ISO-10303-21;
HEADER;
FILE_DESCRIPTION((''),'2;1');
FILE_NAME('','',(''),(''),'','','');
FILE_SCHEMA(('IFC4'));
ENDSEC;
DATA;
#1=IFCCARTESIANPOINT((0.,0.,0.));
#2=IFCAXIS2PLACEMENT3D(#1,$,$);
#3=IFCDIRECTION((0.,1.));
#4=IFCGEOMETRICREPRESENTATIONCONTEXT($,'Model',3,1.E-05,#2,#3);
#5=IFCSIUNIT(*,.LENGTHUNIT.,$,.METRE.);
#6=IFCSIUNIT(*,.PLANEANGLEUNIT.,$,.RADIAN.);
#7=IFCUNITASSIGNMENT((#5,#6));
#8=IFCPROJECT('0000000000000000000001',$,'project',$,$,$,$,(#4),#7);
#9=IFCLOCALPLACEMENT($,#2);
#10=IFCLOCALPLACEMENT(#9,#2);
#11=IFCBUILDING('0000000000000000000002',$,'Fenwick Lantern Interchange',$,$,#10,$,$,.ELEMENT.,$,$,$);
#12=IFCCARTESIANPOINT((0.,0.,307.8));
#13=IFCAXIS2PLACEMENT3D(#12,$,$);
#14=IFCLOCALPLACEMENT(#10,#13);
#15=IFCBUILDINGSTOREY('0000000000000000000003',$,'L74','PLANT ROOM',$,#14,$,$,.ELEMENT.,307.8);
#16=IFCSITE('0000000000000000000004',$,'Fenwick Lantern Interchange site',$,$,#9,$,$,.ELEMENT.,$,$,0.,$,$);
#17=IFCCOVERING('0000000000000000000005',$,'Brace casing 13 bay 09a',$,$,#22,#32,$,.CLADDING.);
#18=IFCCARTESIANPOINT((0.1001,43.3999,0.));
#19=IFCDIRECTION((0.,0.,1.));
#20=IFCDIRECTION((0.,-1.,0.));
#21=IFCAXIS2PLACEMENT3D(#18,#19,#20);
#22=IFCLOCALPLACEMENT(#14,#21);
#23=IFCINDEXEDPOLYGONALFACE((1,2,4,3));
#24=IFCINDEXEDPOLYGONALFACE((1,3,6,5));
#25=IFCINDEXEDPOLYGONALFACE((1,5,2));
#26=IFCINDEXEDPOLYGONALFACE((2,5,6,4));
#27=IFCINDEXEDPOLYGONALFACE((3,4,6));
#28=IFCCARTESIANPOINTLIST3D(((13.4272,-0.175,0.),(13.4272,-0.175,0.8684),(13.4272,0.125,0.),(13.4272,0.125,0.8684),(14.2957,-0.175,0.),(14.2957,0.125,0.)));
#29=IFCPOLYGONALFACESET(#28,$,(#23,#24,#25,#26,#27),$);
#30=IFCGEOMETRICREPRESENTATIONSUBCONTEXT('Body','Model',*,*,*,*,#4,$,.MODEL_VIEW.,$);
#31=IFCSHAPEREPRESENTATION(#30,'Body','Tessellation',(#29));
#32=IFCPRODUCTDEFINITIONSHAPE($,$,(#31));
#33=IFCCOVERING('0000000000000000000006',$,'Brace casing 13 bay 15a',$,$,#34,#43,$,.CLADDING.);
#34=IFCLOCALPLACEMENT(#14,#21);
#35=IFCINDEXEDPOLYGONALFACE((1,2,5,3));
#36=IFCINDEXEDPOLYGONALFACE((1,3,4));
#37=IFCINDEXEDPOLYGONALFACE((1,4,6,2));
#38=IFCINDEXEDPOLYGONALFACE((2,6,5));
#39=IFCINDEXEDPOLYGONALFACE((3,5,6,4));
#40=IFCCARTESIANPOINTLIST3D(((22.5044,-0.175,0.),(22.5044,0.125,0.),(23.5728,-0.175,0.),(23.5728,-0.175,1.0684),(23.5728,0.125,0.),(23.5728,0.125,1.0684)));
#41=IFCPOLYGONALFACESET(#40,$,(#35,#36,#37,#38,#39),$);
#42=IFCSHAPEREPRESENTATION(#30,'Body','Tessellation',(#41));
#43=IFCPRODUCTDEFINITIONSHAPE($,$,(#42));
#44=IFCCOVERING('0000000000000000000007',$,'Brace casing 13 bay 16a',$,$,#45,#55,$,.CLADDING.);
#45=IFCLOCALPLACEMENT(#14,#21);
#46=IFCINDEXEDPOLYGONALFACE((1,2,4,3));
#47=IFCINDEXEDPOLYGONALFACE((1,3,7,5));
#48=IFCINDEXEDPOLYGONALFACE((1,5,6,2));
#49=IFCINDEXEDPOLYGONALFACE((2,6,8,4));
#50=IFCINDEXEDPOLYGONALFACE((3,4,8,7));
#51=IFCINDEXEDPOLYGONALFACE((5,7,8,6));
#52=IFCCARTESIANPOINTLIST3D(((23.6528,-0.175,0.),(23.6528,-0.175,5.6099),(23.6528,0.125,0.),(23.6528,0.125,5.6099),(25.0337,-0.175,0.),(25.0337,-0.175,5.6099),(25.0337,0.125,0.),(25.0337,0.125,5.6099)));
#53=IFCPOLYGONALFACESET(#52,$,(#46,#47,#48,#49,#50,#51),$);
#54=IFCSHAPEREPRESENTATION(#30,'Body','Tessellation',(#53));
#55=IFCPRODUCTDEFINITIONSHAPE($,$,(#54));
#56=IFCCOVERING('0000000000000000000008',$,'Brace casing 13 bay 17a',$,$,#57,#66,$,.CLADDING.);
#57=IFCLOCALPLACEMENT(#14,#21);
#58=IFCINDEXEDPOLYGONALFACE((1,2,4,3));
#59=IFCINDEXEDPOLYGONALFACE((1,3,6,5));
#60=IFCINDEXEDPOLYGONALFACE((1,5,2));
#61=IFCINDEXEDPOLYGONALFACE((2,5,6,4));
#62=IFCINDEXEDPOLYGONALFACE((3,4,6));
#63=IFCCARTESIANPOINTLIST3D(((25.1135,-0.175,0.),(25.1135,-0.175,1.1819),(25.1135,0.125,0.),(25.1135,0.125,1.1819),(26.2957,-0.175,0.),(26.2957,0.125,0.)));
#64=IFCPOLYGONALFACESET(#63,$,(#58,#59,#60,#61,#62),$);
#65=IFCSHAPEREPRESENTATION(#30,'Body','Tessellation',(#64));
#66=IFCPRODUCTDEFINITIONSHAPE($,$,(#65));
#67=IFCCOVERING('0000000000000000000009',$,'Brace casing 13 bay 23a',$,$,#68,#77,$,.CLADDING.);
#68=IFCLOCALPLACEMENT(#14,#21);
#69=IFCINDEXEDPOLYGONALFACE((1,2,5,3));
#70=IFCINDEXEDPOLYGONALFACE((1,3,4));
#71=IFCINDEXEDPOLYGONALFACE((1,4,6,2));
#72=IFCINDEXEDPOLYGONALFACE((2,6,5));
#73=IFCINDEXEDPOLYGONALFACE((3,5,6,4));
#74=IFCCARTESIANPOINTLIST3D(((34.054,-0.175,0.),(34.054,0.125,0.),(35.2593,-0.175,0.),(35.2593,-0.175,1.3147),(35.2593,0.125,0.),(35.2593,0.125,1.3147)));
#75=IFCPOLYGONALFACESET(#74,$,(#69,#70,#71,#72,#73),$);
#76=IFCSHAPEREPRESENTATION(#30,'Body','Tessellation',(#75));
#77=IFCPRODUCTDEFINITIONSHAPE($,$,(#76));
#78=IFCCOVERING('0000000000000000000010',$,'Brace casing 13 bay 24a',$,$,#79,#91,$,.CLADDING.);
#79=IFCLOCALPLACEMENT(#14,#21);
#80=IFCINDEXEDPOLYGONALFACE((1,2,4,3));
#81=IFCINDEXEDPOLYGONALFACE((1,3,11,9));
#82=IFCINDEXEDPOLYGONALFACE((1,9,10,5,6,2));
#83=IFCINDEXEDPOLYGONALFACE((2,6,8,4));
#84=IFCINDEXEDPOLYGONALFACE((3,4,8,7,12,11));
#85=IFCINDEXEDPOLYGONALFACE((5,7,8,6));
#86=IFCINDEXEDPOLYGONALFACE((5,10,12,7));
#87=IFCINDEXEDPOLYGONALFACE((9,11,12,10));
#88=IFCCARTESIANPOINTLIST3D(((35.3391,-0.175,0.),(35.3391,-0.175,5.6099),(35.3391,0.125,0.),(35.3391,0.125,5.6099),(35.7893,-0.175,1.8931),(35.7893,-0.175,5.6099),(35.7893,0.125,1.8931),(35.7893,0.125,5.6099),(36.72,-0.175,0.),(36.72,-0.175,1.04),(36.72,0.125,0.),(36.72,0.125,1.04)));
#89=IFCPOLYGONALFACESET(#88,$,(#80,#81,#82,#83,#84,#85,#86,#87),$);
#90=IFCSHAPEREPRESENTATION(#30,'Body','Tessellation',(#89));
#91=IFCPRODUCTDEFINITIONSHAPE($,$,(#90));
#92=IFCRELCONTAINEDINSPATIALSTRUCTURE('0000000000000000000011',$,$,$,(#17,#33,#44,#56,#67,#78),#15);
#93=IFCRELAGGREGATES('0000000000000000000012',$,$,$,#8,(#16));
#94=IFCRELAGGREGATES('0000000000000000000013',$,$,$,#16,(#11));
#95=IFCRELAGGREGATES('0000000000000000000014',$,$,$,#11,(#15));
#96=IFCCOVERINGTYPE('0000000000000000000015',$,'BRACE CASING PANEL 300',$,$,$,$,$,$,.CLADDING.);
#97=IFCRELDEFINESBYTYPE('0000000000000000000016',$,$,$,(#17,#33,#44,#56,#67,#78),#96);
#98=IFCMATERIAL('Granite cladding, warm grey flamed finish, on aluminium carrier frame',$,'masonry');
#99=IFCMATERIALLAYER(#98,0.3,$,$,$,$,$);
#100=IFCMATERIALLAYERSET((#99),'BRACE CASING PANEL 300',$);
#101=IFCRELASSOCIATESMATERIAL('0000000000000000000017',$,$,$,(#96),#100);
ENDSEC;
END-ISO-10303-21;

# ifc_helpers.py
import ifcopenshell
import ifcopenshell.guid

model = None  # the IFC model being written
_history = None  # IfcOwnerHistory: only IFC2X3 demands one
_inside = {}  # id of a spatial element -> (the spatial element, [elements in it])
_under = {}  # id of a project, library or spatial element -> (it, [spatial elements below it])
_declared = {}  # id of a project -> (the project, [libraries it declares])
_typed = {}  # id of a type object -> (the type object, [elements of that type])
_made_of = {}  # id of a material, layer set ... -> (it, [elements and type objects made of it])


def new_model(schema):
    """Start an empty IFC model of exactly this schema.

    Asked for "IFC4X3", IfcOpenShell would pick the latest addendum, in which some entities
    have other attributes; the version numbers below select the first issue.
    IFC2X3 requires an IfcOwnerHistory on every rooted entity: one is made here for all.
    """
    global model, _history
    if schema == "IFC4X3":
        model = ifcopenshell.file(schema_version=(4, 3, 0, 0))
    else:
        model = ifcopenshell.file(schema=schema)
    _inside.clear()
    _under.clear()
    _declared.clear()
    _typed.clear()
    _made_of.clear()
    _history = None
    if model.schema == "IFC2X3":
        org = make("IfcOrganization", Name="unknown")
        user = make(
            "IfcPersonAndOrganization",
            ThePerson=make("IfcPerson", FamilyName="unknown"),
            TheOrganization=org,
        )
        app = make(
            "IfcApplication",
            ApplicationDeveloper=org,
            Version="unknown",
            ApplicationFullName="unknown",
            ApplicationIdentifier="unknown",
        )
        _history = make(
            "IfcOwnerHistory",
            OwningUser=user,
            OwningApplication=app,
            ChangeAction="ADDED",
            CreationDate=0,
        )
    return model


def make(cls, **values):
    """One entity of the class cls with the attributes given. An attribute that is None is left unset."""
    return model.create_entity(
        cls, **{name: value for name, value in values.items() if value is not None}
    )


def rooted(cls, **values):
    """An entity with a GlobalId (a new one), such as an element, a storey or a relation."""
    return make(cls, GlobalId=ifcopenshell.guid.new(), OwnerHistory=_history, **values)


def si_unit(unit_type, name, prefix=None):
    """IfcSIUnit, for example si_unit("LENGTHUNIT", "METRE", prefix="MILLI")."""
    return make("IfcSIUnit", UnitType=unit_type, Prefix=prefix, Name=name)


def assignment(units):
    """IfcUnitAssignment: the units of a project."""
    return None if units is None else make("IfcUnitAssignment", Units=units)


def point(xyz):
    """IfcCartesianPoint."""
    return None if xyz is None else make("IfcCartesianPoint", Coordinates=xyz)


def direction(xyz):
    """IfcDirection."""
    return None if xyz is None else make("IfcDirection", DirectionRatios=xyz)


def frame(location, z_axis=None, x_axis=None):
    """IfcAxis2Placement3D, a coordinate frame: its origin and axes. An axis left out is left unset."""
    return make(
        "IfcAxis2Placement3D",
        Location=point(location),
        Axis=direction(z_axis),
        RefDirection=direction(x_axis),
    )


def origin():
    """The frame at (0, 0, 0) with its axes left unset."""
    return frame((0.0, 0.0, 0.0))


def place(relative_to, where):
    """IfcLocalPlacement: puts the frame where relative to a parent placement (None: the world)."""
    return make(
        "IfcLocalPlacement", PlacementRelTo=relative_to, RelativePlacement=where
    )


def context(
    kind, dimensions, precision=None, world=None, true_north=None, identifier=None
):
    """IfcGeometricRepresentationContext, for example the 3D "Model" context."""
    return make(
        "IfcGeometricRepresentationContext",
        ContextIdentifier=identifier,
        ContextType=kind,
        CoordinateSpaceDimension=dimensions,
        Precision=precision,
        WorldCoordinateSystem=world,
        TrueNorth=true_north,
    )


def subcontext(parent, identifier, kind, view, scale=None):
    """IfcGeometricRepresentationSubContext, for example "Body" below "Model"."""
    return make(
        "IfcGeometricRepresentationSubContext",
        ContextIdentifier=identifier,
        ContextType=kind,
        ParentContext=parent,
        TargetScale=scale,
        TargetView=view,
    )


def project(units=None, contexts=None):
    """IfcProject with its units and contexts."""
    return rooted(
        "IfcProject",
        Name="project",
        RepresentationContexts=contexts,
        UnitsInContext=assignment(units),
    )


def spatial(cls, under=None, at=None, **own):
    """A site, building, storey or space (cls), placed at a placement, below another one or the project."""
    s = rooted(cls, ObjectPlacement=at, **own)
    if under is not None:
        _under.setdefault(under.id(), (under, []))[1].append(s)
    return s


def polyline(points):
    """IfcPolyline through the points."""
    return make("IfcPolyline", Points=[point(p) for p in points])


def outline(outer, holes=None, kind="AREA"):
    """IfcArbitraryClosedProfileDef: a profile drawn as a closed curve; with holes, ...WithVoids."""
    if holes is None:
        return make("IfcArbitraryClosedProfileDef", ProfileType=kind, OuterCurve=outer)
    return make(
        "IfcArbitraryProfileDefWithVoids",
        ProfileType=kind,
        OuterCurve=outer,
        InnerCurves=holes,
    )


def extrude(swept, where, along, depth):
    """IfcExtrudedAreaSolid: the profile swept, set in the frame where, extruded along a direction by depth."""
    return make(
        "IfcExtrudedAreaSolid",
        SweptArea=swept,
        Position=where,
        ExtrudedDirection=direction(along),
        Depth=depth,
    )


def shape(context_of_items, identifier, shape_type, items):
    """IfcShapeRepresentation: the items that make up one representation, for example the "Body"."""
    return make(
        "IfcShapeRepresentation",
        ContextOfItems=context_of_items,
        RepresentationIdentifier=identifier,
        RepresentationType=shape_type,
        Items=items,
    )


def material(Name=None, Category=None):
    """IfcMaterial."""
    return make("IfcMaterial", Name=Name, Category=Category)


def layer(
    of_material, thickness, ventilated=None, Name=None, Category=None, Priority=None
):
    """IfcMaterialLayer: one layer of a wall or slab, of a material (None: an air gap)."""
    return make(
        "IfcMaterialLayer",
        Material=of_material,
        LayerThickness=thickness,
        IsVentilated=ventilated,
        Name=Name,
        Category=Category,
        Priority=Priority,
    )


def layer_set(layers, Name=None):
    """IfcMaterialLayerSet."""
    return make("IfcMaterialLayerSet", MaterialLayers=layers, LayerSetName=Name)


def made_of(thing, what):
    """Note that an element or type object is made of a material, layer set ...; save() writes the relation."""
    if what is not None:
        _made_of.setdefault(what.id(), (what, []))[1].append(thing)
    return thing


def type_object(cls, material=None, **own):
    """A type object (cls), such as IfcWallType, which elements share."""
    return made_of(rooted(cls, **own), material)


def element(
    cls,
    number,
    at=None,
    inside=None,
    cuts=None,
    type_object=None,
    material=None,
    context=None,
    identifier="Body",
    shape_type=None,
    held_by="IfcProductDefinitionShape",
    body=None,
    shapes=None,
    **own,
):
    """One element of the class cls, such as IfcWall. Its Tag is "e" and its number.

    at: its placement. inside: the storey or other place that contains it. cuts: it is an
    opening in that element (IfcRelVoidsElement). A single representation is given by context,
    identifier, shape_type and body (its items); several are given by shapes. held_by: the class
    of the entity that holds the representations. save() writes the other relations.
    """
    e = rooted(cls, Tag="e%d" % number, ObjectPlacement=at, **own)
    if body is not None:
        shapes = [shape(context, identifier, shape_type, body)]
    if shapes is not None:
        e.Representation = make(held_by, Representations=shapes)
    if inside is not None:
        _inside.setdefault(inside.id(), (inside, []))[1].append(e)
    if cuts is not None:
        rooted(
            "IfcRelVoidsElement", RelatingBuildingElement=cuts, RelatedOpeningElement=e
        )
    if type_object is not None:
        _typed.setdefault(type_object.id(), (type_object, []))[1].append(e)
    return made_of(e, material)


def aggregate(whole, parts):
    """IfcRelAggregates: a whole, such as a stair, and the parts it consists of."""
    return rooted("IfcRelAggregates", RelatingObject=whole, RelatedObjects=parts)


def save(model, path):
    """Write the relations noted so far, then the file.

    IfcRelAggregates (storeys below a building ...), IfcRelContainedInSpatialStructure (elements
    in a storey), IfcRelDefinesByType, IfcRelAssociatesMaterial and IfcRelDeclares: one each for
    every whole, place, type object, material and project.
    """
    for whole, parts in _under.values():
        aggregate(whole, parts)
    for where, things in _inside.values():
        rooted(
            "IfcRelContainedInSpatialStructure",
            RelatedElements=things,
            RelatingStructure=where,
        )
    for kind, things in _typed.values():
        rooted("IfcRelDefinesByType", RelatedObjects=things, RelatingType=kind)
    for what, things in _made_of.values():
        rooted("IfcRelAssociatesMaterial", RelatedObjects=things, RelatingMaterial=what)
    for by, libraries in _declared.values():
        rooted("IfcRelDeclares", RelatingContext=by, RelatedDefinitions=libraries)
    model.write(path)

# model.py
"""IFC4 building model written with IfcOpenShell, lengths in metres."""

from ifc_helpers import new_model, si_unit, direction, frame, origin, place, context, subcontext, project, spatial, polyline, outline, extrude, material, layer, layer_set, type_object, element, save


model = new_model("IFC4")

# Units and contexts
model_context = context("Model", 3, precision=1e-05, world=origin(), true_north=direction((0.0, 1.0)))
body_context = subcontext(model_context, "Body", "Model", "MODEL_VIEW")
ifc_project = project(units=[si_unit("LENGTHUNIT", "METRE"), si_unit("PLANEANGLEUNIT", "RADIAN")], contexts=[model_context])

# Site, building, storey
site_placement = place(None, origin())
site = spatial("IfcSite", under=ifc_project, at=site_placement, Name="Fenwick Lantern Interchange site", CompositionType="ELEMENT", RefElevation=0.0)
building_placement = place(site_placement, origin())
building = spatial("IfcBuilding", under=site, at=building_placement, Name="Fenwick Lantern Interchange", CompositionType="ELEMENT")
storey_placement = place(building_placement, frame((0.0, 0.0, 307.8)))
storey = spatial("IfcBuildingStorey", under=building, at=storey_placement, Name="L74", Description="PLANT ROOM", CompositionType="ELEMENT", Elevation=307.8)

# Coverings
ifc_material_1 = material(Name="Granite cladding, warm grey flamed finish, on aluminium carrier frame", Category="masonry")
ifc_layer_1 = layer(ifc_material_1, 0.3)
ifc_layer_set_1 = layer_set([ifc_layer_1], Name="BRACE CASING PANEL 300")
covering_type = type_object("IfcCoveringType", Name="BRACE CASING PANEL 300", PredefinedType="CLADDING", material=ifc_layer_set_1)
covering_1_placement = place(storey_placement, frame((0.1001, 43.3999, 0.0), z_axis=(0.0, 0.0, 1.0), x_axis=(0.0, -1.0, 0.0)))
element("IfcCovering", 1, at=covering_1_placement, inside=storey, type_object=covering_type, Name="Brace casing 13 bay 09a", PredefinedType="CLADDING", context=body_context, shape_type="SweptSolid", body=[
    extrude(outline(polyline([(13.4272, 0.0), (14.2957, 0.0), (13.4272, 0.8684), (13.4272, 0.0)])), frame((0.0, 0.125, 0.0), z_axis=(0.0, -1.0, 0.0), x_axis=(1.0, 0.0, 0.0)), (0.0, 0.0, 1.0), 0.3),
])
covering_2_placement = place(storey_placement, frame((0.1001, 43.3999, 0.0), z_axis=(0.0, 0.0, 1.0), x_axis=(0.0, -1.0, 0.0)))
element("IfcCovering", 2, at=covering_2_placement, inside=storey, type_object=covering_type, Name="Brace casing 13 bay 15a", PredefinedType="CLADDING", context=body_context, shape_type="SweptSolid", body=[
    extrude(outline(polyline([(22.5044, 0.0), (23.5728, 0.0), (23.5728, 1.0684), (22.5044, 0.0)])), frame((0.0, 0.125, 0.0), z_axis=(0.0, -1.0, 0.0), x_axis=(1.0, 0.0, 0.0)), (0.0, 0.0, 1.0), 0.3),
])
covering_3_placement = place(storey_placement, frame((0.1001, 43.3999, 0.0), z_axis=(0.0, 0.0, 1.0), x_axis=(0.0, -1.0, 0.0)))
element("IfcCovering", 3, at=covering_3_placement, inside=storey, type_object=covering_type, Name="Brace casing 13 bay 16a", PredefinedType="CLADDING", context=body_context, shape_type="SweptSolid", body=[
    extrude(outline(polyline([(23.6528, 0.0), (25.0337, 0.0), (25.0337, 5.6099), (23.6528, 5.6099), (23.6528, 0.0)])), frame((0.0, 0.125, 0.0), z_axis=(0.0, -1.0, 0.0), x_axis=(1.0, 0.0, 0.0)), (0.0, 0.0, 1.0), 0.3),
])
covering_4_placement = place(storey_placement, frame((0.1001, 43.3999, 0.0), z_axis=(0.0, 0.0, 1.0), x_axis=(0.0, -1.0, 0.0)))
element("IfcCovering", 4, at=covering_4_placement, inside=storey, type_object=covering_type, Name="Brace casing 13 bay 17a", PredefinedType="CLADDING", context=body_context, shape_type="SweptSolid", body=[
    extrude(outline(polyline([(25.1135, 0.0), (26.2957, 0.0), (25.1135, 1.1819), (25.1135, 0.0)])), frame((0.0, 0.125, 0.0), z_axis=(0.0, -1.0, 0.0), x_axis=(1.0, 0.0, 0.0)), (0.0, 0.0, 1.0), 0.3),
])
covering_5_placement = place(storey_placement, frame((0.1001, 43.3999, 0.0), z_axis=(0.0, 0.0, 1.0), x_axis=(0.0, -1.0, 0.0)))
element("IfcCovering", 5, at=covering_5_placement, inside=storey, type_object=covering_type, Name="Brace casing 13 bay 23a", PredefinedType="CLADDING", context=body_context, shape_type="SweptSolid", body=[
    extrude(outline(polyline([(34.054, 0.0), (35.2593, 0.0), (35.2593, 1.3147), (34.054, 0.0)])), frame((0.0, 0.125, 0.0), z_axis=(0.0, -1.0, 0.0), x_axis=(1.0, 0.0, 0.0)), (0.0, 0.0, 1.0), 0.3),
])
covering_6_placement = place(storey_placement, frame((0.1001, 43.3999, 0.0), z_axis=(0.0, 0.0, 1.0), x_axis=(0.0, -1.0, 0.0)))
element("IfcCovering", 6, at=covering_6_placement, inside=storey, type_object=covering_type, Name="Brace casing 13 bay 24a", PredefinedType="CLADDING", context=body_context, shape_type="SweptSolid", body=[
    extrude(outline(polyline([(35.3391, 0.0), (36.72, 0.0), (36.72, 1.04), (35.7893, 1.8931), (35.7893, 5.6099), (35.3391, 5.6099), (35.3391, 0.0)])), frame((0.0, 0.125, 0.0), z_axis=(0.0, -1.0, 0.0), x_axis=(1.0, 0.0, 0.0)), (0.0, 0.0, 1.0), 0.3),
])

save(model, "model.ifc")
